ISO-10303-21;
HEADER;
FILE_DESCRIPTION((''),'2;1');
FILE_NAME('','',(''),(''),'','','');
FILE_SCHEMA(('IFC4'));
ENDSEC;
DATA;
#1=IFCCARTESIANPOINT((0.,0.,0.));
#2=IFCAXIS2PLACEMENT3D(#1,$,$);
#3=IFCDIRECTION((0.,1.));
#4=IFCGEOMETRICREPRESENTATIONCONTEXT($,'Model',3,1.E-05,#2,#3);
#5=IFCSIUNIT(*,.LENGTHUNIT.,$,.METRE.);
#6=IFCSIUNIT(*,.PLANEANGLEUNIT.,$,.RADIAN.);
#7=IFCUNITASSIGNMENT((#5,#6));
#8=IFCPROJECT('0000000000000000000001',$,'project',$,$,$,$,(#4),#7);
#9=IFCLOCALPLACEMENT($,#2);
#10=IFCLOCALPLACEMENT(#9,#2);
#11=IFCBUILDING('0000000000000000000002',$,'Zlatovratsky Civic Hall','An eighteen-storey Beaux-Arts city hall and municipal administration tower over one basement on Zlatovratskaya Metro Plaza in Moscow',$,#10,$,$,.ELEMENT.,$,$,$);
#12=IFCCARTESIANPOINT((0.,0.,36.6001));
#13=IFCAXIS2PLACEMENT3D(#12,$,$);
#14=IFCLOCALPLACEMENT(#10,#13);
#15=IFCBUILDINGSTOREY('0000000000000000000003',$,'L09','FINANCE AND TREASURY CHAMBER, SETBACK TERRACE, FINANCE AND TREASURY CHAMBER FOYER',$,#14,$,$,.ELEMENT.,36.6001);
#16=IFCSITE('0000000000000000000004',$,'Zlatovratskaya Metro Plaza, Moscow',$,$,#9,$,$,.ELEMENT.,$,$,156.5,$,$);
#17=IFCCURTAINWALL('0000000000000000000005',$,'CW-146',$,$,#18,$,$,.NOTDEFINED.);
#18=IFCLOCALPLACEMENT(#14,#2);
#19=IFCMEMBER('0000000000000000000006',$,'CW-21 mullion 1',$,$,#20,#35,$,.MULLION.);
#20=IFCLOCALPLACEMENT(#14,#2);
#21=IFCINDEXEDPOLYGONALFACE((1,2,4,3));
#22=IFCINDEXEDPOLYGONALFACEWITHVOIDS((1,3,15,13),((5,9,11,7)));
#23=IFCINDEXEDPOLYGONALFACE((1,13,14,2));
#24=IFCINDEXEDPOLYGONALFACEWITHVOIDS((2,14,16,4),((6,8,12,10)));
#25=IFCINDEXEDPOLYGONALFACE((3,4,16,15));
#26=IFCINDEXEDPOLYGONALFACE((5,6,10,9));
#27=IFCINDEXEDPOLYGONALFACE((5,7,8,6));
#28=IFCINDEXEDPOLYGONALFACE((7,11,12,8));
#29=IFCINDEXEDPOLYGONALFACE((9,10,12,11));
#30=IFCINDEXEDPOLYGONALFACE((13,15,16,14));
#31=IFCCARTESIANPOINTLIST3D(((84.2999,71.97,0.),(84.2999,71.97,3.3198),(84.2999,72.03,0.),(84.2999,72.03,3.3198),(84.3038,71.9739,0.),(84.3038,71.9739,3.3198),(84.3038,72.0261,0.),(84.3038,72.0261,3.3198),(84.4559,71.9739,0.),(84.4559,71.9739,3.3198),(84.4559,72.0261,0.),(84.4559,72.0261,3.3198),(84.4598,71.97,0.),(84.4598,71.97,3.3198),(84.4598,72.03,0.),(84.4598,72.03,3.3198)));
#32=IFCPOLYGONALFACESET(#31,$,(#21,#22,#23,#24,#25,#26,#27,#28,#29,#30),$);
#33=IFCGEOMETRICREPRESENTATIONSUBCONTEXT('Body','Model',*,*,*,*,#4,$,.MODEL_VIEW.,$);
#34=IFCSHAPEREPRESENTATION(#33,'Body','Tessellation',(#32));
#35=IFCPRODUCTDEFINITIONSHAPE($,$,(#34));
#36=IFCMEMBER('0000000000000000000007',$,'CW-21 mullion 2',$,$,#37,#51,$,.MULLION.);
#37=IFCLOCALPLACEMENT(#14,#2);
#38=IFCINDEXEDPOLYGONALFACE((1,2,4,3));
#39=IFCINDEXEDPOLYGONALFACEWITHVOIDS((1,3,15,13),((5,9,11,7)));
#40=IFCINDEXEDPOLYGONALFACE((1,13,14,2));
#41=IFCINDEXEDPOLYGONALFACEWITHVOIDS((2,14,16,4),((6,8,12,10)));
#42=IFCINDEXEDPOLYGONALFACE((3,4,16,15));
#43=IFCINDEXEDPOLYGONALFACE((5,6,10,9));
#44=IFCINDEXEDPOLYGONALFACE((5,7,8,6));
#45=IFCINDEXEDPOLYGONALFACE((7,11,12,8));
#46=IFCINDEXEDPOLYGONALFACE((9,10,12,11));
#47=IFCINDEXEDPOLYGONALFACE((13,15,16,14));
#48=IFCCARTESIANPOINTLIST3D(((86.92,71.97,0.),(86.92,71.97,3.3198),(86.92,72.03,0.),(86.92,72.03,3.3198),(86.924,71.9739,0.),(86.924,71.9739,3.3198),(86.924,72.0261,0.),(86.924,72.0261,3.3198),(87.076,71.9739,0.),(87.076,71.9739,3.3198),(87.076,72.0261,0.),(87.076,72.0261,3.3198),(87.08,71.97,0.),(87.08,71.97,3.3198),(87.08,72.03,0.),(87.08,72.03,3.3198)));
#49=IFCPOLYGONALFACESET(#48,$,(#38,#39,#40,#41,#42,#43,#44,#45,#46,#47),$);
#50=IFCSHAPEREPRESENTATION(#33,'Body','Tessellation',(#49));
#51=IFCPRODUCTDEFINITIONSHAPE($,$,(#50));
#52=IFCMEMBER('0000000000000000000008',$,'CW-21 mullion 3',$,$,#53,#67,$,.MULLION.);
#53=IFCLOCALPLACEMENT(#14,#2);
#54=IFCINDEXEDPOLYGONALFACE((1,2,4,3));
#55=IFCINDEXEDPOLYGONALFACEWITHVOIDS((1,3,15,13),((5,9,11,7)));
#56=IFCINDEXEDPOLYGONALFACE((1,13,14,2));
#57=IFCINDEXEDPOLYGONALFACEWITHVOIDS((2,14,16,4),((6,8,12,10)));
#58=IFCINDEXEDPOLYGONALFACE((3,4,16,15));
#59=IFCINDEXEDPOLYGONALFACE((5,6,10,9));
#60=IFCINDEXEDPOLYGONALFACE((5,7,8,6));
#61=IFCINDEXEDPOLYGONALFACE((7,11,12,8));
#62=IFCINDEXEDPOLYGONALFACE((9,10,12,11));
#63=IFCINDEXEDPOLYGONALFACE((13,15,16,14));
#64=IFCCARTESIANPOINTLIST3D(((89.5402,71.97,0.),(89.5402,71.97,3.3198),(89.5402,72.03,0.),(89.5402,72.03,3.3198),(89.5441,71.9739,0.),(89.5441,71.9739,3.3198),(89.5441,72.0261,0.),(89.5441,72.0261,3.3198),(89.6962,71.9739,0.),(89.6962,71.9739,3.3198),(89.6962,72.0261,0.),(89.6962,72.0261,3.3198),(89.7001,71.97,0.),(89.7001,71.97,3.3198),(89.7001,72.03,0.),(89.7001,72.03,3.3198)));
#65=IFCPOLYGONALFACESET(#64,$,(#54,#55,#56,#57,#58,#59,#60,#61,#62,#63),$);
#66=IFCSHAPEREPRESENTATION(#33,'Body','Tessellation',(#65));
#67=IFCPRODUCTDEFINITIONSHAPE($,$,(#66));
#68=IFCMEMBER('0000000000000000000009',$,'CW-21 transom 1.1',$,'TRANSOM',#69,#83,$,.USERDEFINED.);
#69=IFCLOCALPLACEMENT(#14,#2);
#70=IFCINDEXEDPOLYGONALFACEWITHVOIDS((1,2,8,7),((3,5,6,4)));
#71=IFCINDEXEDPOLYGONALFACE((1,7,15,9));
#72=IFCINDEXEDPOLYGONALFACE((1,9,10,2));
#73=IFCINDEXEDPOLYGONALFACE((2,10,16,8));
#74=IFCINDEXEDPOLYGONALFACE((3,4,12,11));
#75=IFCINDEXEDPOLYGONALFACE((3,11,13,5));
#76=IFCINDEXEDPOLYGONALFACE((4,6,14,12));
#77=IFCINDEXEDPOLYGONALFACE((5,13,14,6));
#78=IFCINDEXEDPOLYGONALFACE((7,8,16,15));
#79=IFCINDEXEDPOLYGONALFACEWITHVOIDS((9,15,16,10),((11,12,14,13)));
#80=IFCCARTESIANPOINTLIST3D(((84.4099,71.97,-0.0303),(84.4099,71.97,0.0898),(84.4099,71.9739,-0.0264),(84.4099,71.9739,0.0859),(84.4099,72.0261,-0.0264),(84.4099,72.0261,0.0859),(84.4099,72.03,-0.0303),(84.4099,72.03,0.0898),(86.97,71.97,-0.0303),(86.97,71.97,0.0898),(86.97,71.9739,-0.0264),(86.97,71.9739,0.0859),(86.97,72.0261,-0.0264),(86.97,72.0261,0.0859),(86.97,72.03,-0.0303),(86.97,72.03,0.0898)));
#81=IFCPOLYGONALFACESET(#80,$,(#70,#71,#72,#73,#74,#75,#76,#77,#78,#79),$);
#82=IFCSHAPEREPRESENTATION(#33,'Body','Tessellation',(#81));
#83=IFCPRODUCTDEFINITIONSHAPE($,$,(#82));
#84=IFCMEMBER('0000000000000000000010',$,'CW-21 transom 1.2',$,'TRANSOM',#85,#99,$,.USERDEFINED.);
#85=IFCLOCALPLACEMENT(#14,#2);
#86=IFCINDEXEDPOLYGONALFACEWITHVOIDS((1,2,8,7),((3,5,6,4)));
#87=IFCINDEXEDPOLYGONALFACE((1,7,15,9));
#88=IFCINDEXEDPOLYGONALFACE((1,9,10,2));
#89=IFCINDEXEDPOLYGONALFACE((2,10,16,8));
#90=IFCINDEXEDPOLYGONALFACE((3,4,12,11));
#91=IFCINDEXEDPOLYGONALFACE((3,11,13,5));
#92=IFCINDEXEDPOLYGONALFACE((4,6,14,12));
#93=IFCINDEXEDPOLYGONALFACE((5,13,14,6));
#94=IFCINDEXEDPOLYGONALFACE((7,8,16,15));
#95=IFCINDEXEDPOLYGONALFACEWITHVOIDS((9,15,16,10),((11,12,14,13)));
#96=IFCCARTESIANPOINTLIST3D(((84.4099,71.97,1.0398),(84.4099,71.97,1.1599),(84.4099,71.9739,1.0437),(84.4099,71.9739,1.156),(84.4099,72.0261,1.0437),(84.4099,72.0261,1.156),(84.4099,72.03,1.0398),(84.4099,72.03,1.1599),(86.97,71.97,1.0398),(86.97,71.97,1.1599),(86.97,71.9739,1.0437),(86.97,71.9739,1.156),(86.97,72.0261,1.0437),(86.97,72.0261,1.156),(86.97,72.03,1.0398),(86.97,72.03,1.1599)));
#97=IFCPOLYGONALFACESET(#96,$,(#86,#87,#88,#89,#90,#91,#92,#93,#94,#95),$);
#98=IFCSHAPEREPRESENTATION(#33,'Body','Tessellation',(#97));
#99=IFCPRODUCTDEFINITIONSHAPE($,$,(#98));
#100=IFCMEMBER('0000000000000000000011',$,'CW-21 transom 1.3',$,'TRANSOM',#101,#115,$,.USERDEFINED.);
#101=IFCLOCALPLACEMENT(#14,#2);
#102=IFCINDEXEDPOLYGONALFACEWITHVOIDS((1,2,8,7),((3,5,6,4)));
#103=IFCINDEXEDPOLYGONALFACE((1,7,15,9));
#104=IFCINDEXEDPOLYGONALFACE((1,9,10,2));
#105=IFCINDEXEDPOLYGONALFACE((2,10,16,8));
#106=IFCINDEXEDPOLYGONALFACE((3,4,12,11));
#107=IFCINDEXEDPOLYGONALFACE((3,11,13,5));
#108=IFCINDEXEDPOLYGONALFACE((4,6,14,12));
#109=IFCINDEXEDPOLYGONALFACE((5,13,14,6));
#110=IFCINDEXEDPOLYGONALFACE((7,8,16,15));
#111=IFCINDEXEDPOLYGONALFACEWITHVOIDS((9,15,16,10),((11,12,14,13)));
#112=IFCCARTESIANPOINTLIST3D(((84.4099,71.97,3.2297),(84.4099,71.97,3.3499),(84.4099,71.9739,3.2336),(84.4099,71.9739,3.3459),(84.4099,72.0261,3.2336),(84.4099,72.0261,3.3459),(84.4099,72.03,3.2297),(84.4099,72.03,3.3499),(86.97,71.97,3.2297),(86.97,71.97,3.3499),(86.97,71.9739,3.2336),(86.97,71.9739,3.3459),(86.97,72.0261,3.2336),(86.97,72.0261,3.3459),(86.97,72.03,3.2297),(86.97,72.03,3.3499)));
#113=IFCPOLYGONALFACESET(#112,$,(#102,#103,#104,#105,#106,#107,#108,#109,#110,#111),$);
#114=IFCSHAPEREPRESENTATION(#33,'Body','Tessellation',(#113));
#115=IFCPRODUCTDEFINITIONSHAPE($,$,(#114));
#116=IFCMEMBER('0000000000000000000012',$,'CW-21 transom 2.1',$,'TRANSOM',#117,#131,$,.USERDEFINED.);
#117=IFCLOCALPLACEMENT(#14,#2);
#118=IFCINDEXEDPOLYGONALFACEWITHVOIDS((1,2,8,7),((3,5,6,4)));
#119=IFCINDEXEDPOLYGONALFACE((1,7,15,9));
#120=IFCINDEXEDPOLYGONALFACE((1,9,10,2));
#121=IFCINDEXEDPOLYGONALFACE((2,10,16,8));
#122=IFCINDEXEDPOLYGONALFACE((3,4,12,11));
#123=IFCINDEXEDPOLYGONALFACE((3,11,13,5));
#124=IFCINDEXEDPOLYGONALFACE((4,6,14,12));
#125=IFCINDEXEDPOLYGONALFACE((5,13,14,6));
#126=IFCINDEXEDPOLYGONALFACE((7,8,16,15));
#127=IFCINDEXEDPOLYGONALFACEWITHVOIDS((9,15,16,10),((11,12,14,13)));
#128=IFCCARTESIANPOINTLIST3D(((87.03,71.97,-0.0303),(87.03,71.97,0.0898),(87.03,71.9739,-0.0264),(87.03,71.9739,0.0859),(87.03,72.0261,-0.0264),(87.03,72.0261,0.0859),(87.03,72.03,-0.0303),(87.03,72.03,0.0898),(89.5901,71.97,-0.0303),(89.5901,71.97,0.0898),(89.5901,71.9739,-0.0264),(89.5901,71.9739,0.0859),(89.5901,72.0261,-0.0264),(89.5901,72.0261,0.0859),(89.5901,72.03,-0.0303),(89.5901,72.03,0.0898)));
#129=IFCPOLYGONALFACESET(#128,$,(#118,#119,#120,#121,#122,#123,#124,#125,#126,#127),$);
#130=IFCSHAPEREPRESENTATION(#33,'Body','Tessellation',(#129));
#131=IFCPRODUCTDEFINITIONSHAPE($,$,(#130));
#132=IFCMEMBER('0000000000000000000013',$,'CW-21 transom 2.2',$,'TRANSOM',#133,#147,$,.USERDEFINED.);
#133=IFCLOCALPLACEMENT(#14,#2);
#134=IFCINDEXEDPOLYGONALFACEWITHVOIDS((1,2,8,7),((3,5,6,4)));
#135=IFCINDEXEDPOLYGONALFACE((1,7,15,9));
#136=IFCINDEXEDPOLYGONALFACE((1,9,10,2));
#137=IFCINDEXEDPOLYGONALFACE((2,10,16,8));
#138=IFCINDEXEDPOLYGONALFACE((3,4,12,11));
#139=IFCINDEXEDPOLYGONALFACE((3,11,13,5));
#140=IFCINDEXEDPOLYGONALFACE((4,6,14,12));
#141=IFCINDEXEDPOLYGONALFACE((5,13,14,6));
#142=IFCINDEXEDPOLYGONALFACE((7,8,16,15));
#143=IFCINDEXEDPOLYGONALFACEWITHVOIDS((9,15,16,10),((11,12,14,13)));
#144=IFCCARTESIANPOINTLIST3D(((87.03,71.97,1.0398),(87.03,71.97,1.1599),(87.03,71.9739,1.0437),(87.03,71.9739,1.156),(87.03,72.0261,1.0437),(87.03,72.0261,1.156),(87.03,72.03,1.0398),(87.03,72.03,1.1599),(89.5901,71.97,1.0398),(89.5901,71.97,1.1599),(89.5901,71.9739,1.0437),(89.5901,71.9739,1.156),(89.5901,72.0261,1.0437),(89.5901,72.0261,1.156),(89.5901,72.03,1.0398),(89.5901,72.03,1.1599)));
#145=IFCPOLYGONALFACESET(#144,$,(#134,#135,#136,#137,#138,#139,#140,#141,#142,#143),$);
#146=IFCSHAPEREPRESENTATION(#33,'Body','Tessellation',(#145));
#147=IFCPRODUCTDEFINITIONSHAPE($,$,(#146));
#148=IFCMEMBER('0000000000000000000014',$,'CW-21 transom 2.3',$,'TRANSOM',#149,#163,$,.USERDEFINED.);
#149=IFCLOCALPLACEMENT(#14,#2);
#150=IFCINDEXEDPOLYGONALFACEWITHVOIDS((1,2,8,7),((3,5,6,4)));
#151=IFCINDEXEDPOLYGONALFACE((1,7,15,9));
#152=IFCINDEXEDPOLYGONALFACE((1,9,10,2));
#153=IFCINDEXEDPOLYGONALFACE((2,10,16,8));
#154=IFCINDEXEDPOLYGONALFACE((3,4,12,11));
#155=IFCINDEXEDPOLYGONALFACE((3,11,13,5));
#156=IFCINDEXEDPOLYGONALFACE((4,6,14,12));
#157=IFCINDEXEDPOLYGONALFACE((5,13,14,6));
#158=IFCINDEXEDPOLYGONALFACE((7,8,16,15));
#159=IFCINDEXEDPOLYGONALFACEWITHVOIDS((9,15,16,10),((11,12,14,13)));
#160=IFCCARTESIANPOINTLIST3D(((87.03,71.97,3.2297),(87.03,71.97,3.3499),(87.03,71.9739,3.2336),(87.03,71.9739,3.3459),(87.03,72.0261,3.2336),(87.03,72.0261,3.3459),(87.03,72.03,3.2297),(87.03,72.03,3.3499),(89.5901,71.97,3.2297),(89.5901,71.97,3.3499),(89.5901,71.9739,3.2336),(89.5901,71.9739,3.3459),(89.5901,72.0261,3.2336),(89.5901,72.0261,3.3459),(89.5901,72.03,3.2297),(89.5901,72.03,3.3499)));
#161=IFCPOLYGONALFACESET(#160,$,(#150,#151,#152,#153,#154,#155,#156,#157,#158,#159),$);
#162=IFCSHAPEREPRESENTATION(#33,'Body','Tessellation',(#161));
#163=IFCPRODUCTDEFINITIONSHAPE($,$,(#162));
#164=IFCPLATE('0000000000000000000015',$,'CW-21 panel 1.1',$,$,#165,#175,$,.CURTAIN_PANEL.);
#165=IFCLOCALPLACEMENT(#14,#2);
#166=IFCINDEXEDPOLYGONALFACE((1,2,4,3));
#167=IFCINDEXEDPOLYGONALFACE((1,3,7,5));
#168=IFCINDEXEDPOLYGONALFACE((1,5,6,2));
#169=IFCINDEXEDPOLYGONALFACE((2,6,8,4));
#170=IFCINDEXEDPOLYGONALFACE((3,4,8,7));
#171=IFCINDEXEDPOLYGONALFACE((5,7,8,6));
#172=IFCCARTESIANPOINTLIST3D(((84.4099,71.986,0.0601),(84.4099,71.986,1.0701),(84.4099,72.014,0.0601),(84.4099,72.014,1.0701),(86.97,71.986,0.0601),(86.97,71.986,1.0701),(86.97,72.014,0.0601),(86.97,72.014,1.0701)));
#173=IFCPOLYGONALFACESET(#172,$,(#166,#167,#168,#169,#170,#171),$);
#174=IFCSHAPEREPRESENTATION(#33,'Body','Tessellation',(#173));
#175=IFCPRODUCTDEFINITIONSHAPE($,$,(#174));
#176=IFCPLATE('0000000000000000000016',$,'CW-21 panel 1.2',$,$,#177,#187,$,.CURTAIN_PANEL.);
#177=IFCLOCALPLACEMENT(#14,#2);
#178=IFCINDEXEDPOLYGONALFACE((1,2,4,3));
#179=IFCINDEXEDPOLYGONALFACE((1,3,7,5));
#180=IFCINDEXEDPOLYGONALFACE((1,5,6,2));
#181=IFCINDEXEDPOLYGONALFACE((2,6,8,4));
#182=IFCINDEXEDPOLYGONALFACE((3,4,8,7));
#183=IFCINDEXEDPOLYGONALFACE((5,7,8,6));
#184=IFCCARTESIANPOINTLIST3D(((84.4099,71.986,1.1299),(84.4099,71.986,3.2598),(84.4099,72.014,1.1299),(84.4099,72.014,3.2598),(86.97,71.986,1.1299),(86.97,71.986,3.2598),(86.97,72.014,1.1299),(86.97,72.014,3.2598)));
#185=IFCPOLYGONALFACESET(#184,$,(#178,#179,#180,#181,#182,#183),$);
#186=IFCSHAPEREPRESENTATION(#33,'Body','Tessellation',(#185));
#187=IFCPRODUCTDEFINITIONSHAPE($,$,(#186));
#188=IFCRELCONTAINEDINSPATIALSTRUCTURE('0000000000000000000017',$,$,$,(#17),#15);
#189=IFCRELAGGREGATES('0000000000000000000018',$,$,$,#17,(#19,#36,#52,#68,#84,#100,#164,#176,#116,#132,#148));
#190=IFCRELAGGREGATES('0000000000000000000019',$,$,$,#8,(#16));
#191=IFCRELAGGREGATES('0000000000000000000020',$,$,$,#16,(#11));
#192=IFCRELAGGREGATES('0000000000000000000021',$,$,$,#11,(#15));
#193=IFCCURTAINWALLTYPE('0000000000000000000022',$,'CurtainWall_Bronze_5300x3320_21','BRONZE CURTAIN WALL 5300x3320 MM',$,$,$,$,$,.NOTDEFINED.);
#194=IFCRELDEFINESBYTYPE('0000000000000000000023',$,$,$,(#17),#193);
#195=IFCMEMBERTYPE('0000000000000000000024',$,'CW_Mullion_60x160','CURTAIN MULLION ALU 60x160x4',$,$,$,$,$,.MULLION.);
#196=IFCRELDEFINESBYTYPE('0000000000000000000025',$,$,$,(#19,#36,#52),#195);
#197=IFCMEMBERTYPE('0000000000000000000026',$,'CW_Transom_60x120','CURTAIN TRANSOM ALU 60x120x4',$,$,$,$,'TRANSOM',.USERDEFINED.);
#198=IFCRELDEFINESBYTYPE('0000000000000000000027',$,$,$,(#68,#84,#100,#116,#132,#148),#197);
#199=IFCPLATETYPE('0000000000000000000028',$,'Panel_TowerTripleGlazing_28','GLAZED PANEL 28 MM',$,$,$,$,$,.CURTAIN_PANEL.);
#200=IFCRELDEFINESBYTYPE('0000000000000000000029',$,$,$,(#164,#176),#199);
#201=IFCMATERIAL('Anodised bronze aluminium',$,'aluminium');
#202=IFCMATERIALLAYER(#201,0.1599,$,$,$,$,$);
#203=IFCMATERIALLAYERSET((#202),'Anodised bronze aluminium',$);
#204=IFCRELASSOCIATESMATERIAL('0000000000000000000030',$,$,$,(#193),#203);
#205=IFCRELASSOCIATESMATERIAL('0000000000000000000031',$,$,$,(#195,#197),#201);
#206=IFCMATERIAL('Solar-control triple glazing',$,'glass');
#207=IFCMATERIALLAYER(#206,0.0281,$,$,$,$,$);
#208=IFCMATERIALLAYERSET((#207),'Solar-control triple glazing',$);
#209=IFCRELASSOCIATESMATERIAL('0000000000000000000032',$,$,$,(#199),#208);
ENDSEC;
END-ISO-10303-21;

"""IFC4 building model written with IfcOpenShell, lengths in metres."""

from ifc_helpers import new_model, si_unit, direction, frame, origin, origin_2d, place, context, subcontext, project, spatial, rectangle, hollow_rectangle, extrude, material, layer, layer_set, material_profile, profile_set, type_object, element, aggregate, save


model = new_model("IFC4")

# Units and contexts
model_context = context("Model", 3, precision=1e-05, world=origin(), true_north=direction((0.0, 1.0)))
body_context = subcontext(model_context, "Body", "Model", "MODEL_VIEW")
ifc_project = project(units=[si_unit("LENGTHUNIT", "METRE"), si_unit("PLANEANGLEUNIT", "RADIAN")], contexts=[model_context])

# Site, building, storey
site_placement = place(None, origin())
site = spatial("IfcSite", under=ifc_project, at=site_placement, Name="Zlatovratskaya Metro Plaza, Moscow", CompositionType="ELEMENT", RefElevation=156.5)
building_placement = place(site_placement, origin())
building = spatial("IfcBuilding", under=site, at=building_placement, Name="Zlatovratsky Civic Hall", Description="An eighteen-storey Beaux-Arts city hall and municipal administration tower over one basement on Zlatovratskaya Metro Plaza in Moscow", CompositionType="ELEMENT")
storey_placement = place(building_placement, frame((0.0, 0.0, 36.6001)))
storey = spatial("IfcBuildingStorey", under=building, at=storey_placement, Name="L09", Description="FINANCE AND TREASURY CHAMBER, SETBACK TERRACE, FINANCE AND TREASURY CHAMBER FOYER", CompositionType="ELEMENT", Elevation=36.6001)

# Shared definitions
ifc_material_1 = material(Name="Anodised bronze aluminium", Category="aluminium")
ifc_layer_1 = layer(ifc_material_1, 0.1599)
ifc_layer_set_1 = layer_set([ifc_layer_1], Name="Anodised bronze aluminium")
curtain_wall_type = type_object("IfcCurtainWallType", Name="CurtainWall_Bronze_5300x3320_21", Description="BRONZE CURTAIN WALL 5300x3320 MM", PredefinedType="NOTDEFINED", material=ifc_layer_set_1)
ifc_material_profile_1 = material_profile(ifc_material_1, hollow_rectangle(XDim=0.0601, YDim=0.1599, WallThickness=0.0039, at=origin_2d()), Name="ALU 60x160x4")
ifc_profile_set_1 = profile_set([ifc_material_profile_1], Name="Anodised bronze aluminium")
member_type_1 = type_object("IfcMemberType", Name="CW_Mullion_60x160", Description="CURTAIN MULLION ALU 60x160x4", PredefinedType="MULLION", material=ifc_profile_set_1)

# Curtain wall, members, plates
curtain_wall_1_placement = place(storey_placement, origin())
curtain_wall_1 = element("IfcCurtainWall", 1, at=curtain_wall_1_placement, inside=storey, type_object=curtain_wall_type, Name="CW-146", PredefinedType="NOTDEFINED")
member_1_placement = place(storey_placement, frame((84.3799, 72.0, 0.0), z_axis=(0.0, 0.0, 1.0), x_axis=(0.0, 1.0, 0.0)))
member_1 = element("IfcMember", 2, at=member_1_placement, type_object=member_type_1, Name="CW-21 mullion 1", PredefinedType="MULLION", context=body_context, shape_type="SweptSolid", body=[
    extrude(hollow_rectangle(XDim=0.0601, YDim=0.1599, WallThickness=0.0039, at=origin_2d()), origin(), (0.0, 0.0, 1.0), 3.3198),
])
member_2_placement = place(storey_placement, frame((87.0, 72.0, 0.0), z_axis=(0.0, 0.0, 1.0), x_axis=(0.0, 1.0, 0.0)))
member_2 = element("IfcMember", 3, at=member_2_placement, type_object=member_type_1, Name="CW-21 mullion 2", PredefinedType="MULLION", context=body_context, shape_type="SweptSolid", body=[
    extrude(hollow_rectangle(XDim=0.0601, YDim=0.1599, WallThickness=0.0039, at=origin_2d()), origin(), (0.0, 0.0, 1.0), 3.3198),
])
member_3_placement = place(storey_placement, frame((89.6201, 72.0, 0.0), z_axis=(0.0, 0.0, 1.0), x_axis=(0.0, 1.0, 0.0)))
member_3 = element("IfcMember", 4, at=member_3_placement, type_object=member_type_1, Name="CW-21 mullion 3", PredefinedType="MULLION", context=body_context, shape_type="SweptSolid", body=[
    extrude(hollow_rectangle(XDim=0.0601, YDim=0.1599, WallThickness=0.0039, at=origin_2d()), origin(), (0.0, 0.0, 1.0), 3.3198),
])
ifc_material_profile_2 = material_profile(ifc_material_1, hollow_rectangle(XDim=0.0601, YDim=0.1201, WallThickness=0.0039, at=origin_2d()), Name="ALU 60x120x4")
ifc_profile_set_2 = profile_set([ifc_material_profile_2], Name="Anodised bronze aluminium")
member_type_2 = type_object("IfcMemberType", Name="CW_Transom_60x120", Description="CURTAIN TRANSOM ALU 60x120x4", ElementType="TRANSOM", PredefinedType="USERDEFINED", material=ifc_profile_set_2)
member_4_placement = place(storey_placement, frame((84.4099, 72.0, 0.0298), z_axis=(1.0, 0.0, 0.0), x_axis=(0.0, 1.0, 0.0)))
member_4 = element("IfcMember", 5, at=member_4_placement, type_object=member_type_2, Name="CW-21 transom 1.1", ObjectType="TRANSOM", PredefinedType="USERDEFINED", context=body_context, shape_type="SweptSolid", body=[
    extrude(hollow_rectangle(XDim=0.0601, YDim=0.1201, WallThickness=0.0039, at=origin_2d()), origin(), (0.0, 0.0, 1.0), 2.5601),
])
member_5_placement = place(storey_placement, frame((84.4099, 72.0, 1.0999), z_axis=(1.0, 0.0, 0.0), x_axis=(0.0, 1.0, 0.0)))
member_5 = element("IfcMember", 6, at=member_5_placement, type_object=member_type_2, Name="CW-21 transom 1.2", ObjectType="TRANSOM", PredefinedType="USERDEFINED", context=body_context, shape_type="SweptSolid", body=[
    extrude(hollow_rectangle(XDim=0.0601, YDim=0.1201, WallThickness=0.0039, at=origin_2d()), origin(), (0.0, 0.0, 1.0), 2.5601),
])
member_6_placement = place(storey_placement, frame((84.4099, 72.0, 3.2898), z_axis=(1.0, 0.0, 0.0), x_axis=(0.0, 1.0, 0.0)))
member_6 = element("IfcMember", 7, at=member_6_placement, type_object=member_type_2, Name="CW-21 transom 1.3", ObjectType="TRANSOM", PredefinedType="USERDEFINED", context=body_context, shape_type="SweptSolid", body=[
    extrude(hollow_rectangle(XDim=0.0601, YDim=0.1201, WallThickness=0.0039, at=origin_2d()), origin(), (0.0, 0.0, 1.0), 2.5601),
])
member_7_placement = place(storey_placement, frame((87.03, 72.0, 0.0298), z_axis=(1.0, 0.0, 0.0), x_axis=(0.0, 1.0, 0.0)))
member_7 = element("IfcMember", 8, at=member_7_placement, type_object=member_type_2, Name="CW-21 transom 2.1", ObjectType="TRANSOM", PredefinedType="USERDEFINED", context=body_context, shape_type="SweptSolid", body=[
    extrude(hollow_rectangle(XDim=0.0601, YDim=0.1201, WallThickness=0.0039, at=origin_2d()), origin(), (0.0, 0.0, 1.0), 2.5601),
])
member_8_placement = place(storey_placement, frame((87.03, 72.0, 1.0999), z_axis=(1.0, 0.0, 0.0), x_axis=(0.0, 1.0, 0.0)))
member_8 = element("IfcMember", 9, at=member_8_placement, type_object=member_type_2, Name="CW-21 transom 2.2", ObjectType="TRANSOM", PredefinedType="USERDEFINED", context=body_context, shape_type="SweptSolid", body=[
    extrude(hollow_rectangle(XDim=0.0601, YDim=0.1201, WallThickness=0.0039, at=origin_2d()), origin(), (0.0, 0.0, 1.0), 2.5601),
])
member_9_placement = place(storey_placement, frame((87.03, 72.0, 3.2898), z_axis=(1.0, 0.0, 0.0), x_axis=(0.0, 1.0, 0.0)))
member_9 = element("IfcMember", 10, at=member_9_placement, type_object=member_type_2, Name="CW-21 transom 2.3", ObjectType="TRANSOM", PredefinedType="USERDEFINED", context=body_context, shape_type="SweptSolid", body=[
    extrude(hollow_rectangle(XDim=0.0601, YDim=0.1201, WallThickness=0.0039, at=origin_2d()), origin(), (0.0, 0.0, 1.0), 2.5601),
])
ifc_material_2 = material(Name="Solar-control triple glazing", Category="glass")
ifc_layer_2 = layer(ifc_material_2, 0.0281)
ifc_layer_set_2 = layer_set([ifc_layer_2], Name="Solar-control triple glazing")
plate_type = type_object("IfcPlateType", Name="Panel_TowerTripleGlazing_28", Description="GLAZED PANEL 28 MM", PredefinedType="CURTAIN_PANEL", material=ifc_layer_set_2)
plate_1_placement = place(storey_placement, frame((85.6899, 72.0, 0.0601), z_axis=(0.0, 0.0, 1.0), x_axis=(1.0, 0.0, 0.0)))
plate_1 = element("IfcPlate", 11, at=plate_1_placement, type_object=plate_type, Name="CW-21 panel 1.1", PredefinedType="CURTAIN_PANEL", context=body_context, shape_type="SweptSolid", body=[
    extrude(rectangle(XDim=2.5601, YDim=0.0281, at=origin_2d()), origin(), (0.0, 0.0, 1.0), 1.01),
])
plate_2_placement = place(storey_placement, frame((85.6899, 72.0, 1.1299), z_axis=(0.0, 0.0, 1.0), x_axis=(1.0, 0.0, 0.0)))
plate_2 = element("IfcPlate", 12, at=plate_2_placement, type_object=plate_type, Name="CW-21 panel 1.2", PredefinedType="CURTAIN_PANEL", context=body_context, shape_type="SweptSolid", body=[
    extrude(rectangle(XDim=2.5601, YDim=0.0281, at=origin_2d()), origin(), (0.0, 0.0, 1.0), 2.1299),
])
aggregate(curtain_wall_1, [member_1, member_2, member_3, member_4, member_5, member_6, plate_1, plate_2, member_7, member_8, member_9])

save(model, "model.ifc")
